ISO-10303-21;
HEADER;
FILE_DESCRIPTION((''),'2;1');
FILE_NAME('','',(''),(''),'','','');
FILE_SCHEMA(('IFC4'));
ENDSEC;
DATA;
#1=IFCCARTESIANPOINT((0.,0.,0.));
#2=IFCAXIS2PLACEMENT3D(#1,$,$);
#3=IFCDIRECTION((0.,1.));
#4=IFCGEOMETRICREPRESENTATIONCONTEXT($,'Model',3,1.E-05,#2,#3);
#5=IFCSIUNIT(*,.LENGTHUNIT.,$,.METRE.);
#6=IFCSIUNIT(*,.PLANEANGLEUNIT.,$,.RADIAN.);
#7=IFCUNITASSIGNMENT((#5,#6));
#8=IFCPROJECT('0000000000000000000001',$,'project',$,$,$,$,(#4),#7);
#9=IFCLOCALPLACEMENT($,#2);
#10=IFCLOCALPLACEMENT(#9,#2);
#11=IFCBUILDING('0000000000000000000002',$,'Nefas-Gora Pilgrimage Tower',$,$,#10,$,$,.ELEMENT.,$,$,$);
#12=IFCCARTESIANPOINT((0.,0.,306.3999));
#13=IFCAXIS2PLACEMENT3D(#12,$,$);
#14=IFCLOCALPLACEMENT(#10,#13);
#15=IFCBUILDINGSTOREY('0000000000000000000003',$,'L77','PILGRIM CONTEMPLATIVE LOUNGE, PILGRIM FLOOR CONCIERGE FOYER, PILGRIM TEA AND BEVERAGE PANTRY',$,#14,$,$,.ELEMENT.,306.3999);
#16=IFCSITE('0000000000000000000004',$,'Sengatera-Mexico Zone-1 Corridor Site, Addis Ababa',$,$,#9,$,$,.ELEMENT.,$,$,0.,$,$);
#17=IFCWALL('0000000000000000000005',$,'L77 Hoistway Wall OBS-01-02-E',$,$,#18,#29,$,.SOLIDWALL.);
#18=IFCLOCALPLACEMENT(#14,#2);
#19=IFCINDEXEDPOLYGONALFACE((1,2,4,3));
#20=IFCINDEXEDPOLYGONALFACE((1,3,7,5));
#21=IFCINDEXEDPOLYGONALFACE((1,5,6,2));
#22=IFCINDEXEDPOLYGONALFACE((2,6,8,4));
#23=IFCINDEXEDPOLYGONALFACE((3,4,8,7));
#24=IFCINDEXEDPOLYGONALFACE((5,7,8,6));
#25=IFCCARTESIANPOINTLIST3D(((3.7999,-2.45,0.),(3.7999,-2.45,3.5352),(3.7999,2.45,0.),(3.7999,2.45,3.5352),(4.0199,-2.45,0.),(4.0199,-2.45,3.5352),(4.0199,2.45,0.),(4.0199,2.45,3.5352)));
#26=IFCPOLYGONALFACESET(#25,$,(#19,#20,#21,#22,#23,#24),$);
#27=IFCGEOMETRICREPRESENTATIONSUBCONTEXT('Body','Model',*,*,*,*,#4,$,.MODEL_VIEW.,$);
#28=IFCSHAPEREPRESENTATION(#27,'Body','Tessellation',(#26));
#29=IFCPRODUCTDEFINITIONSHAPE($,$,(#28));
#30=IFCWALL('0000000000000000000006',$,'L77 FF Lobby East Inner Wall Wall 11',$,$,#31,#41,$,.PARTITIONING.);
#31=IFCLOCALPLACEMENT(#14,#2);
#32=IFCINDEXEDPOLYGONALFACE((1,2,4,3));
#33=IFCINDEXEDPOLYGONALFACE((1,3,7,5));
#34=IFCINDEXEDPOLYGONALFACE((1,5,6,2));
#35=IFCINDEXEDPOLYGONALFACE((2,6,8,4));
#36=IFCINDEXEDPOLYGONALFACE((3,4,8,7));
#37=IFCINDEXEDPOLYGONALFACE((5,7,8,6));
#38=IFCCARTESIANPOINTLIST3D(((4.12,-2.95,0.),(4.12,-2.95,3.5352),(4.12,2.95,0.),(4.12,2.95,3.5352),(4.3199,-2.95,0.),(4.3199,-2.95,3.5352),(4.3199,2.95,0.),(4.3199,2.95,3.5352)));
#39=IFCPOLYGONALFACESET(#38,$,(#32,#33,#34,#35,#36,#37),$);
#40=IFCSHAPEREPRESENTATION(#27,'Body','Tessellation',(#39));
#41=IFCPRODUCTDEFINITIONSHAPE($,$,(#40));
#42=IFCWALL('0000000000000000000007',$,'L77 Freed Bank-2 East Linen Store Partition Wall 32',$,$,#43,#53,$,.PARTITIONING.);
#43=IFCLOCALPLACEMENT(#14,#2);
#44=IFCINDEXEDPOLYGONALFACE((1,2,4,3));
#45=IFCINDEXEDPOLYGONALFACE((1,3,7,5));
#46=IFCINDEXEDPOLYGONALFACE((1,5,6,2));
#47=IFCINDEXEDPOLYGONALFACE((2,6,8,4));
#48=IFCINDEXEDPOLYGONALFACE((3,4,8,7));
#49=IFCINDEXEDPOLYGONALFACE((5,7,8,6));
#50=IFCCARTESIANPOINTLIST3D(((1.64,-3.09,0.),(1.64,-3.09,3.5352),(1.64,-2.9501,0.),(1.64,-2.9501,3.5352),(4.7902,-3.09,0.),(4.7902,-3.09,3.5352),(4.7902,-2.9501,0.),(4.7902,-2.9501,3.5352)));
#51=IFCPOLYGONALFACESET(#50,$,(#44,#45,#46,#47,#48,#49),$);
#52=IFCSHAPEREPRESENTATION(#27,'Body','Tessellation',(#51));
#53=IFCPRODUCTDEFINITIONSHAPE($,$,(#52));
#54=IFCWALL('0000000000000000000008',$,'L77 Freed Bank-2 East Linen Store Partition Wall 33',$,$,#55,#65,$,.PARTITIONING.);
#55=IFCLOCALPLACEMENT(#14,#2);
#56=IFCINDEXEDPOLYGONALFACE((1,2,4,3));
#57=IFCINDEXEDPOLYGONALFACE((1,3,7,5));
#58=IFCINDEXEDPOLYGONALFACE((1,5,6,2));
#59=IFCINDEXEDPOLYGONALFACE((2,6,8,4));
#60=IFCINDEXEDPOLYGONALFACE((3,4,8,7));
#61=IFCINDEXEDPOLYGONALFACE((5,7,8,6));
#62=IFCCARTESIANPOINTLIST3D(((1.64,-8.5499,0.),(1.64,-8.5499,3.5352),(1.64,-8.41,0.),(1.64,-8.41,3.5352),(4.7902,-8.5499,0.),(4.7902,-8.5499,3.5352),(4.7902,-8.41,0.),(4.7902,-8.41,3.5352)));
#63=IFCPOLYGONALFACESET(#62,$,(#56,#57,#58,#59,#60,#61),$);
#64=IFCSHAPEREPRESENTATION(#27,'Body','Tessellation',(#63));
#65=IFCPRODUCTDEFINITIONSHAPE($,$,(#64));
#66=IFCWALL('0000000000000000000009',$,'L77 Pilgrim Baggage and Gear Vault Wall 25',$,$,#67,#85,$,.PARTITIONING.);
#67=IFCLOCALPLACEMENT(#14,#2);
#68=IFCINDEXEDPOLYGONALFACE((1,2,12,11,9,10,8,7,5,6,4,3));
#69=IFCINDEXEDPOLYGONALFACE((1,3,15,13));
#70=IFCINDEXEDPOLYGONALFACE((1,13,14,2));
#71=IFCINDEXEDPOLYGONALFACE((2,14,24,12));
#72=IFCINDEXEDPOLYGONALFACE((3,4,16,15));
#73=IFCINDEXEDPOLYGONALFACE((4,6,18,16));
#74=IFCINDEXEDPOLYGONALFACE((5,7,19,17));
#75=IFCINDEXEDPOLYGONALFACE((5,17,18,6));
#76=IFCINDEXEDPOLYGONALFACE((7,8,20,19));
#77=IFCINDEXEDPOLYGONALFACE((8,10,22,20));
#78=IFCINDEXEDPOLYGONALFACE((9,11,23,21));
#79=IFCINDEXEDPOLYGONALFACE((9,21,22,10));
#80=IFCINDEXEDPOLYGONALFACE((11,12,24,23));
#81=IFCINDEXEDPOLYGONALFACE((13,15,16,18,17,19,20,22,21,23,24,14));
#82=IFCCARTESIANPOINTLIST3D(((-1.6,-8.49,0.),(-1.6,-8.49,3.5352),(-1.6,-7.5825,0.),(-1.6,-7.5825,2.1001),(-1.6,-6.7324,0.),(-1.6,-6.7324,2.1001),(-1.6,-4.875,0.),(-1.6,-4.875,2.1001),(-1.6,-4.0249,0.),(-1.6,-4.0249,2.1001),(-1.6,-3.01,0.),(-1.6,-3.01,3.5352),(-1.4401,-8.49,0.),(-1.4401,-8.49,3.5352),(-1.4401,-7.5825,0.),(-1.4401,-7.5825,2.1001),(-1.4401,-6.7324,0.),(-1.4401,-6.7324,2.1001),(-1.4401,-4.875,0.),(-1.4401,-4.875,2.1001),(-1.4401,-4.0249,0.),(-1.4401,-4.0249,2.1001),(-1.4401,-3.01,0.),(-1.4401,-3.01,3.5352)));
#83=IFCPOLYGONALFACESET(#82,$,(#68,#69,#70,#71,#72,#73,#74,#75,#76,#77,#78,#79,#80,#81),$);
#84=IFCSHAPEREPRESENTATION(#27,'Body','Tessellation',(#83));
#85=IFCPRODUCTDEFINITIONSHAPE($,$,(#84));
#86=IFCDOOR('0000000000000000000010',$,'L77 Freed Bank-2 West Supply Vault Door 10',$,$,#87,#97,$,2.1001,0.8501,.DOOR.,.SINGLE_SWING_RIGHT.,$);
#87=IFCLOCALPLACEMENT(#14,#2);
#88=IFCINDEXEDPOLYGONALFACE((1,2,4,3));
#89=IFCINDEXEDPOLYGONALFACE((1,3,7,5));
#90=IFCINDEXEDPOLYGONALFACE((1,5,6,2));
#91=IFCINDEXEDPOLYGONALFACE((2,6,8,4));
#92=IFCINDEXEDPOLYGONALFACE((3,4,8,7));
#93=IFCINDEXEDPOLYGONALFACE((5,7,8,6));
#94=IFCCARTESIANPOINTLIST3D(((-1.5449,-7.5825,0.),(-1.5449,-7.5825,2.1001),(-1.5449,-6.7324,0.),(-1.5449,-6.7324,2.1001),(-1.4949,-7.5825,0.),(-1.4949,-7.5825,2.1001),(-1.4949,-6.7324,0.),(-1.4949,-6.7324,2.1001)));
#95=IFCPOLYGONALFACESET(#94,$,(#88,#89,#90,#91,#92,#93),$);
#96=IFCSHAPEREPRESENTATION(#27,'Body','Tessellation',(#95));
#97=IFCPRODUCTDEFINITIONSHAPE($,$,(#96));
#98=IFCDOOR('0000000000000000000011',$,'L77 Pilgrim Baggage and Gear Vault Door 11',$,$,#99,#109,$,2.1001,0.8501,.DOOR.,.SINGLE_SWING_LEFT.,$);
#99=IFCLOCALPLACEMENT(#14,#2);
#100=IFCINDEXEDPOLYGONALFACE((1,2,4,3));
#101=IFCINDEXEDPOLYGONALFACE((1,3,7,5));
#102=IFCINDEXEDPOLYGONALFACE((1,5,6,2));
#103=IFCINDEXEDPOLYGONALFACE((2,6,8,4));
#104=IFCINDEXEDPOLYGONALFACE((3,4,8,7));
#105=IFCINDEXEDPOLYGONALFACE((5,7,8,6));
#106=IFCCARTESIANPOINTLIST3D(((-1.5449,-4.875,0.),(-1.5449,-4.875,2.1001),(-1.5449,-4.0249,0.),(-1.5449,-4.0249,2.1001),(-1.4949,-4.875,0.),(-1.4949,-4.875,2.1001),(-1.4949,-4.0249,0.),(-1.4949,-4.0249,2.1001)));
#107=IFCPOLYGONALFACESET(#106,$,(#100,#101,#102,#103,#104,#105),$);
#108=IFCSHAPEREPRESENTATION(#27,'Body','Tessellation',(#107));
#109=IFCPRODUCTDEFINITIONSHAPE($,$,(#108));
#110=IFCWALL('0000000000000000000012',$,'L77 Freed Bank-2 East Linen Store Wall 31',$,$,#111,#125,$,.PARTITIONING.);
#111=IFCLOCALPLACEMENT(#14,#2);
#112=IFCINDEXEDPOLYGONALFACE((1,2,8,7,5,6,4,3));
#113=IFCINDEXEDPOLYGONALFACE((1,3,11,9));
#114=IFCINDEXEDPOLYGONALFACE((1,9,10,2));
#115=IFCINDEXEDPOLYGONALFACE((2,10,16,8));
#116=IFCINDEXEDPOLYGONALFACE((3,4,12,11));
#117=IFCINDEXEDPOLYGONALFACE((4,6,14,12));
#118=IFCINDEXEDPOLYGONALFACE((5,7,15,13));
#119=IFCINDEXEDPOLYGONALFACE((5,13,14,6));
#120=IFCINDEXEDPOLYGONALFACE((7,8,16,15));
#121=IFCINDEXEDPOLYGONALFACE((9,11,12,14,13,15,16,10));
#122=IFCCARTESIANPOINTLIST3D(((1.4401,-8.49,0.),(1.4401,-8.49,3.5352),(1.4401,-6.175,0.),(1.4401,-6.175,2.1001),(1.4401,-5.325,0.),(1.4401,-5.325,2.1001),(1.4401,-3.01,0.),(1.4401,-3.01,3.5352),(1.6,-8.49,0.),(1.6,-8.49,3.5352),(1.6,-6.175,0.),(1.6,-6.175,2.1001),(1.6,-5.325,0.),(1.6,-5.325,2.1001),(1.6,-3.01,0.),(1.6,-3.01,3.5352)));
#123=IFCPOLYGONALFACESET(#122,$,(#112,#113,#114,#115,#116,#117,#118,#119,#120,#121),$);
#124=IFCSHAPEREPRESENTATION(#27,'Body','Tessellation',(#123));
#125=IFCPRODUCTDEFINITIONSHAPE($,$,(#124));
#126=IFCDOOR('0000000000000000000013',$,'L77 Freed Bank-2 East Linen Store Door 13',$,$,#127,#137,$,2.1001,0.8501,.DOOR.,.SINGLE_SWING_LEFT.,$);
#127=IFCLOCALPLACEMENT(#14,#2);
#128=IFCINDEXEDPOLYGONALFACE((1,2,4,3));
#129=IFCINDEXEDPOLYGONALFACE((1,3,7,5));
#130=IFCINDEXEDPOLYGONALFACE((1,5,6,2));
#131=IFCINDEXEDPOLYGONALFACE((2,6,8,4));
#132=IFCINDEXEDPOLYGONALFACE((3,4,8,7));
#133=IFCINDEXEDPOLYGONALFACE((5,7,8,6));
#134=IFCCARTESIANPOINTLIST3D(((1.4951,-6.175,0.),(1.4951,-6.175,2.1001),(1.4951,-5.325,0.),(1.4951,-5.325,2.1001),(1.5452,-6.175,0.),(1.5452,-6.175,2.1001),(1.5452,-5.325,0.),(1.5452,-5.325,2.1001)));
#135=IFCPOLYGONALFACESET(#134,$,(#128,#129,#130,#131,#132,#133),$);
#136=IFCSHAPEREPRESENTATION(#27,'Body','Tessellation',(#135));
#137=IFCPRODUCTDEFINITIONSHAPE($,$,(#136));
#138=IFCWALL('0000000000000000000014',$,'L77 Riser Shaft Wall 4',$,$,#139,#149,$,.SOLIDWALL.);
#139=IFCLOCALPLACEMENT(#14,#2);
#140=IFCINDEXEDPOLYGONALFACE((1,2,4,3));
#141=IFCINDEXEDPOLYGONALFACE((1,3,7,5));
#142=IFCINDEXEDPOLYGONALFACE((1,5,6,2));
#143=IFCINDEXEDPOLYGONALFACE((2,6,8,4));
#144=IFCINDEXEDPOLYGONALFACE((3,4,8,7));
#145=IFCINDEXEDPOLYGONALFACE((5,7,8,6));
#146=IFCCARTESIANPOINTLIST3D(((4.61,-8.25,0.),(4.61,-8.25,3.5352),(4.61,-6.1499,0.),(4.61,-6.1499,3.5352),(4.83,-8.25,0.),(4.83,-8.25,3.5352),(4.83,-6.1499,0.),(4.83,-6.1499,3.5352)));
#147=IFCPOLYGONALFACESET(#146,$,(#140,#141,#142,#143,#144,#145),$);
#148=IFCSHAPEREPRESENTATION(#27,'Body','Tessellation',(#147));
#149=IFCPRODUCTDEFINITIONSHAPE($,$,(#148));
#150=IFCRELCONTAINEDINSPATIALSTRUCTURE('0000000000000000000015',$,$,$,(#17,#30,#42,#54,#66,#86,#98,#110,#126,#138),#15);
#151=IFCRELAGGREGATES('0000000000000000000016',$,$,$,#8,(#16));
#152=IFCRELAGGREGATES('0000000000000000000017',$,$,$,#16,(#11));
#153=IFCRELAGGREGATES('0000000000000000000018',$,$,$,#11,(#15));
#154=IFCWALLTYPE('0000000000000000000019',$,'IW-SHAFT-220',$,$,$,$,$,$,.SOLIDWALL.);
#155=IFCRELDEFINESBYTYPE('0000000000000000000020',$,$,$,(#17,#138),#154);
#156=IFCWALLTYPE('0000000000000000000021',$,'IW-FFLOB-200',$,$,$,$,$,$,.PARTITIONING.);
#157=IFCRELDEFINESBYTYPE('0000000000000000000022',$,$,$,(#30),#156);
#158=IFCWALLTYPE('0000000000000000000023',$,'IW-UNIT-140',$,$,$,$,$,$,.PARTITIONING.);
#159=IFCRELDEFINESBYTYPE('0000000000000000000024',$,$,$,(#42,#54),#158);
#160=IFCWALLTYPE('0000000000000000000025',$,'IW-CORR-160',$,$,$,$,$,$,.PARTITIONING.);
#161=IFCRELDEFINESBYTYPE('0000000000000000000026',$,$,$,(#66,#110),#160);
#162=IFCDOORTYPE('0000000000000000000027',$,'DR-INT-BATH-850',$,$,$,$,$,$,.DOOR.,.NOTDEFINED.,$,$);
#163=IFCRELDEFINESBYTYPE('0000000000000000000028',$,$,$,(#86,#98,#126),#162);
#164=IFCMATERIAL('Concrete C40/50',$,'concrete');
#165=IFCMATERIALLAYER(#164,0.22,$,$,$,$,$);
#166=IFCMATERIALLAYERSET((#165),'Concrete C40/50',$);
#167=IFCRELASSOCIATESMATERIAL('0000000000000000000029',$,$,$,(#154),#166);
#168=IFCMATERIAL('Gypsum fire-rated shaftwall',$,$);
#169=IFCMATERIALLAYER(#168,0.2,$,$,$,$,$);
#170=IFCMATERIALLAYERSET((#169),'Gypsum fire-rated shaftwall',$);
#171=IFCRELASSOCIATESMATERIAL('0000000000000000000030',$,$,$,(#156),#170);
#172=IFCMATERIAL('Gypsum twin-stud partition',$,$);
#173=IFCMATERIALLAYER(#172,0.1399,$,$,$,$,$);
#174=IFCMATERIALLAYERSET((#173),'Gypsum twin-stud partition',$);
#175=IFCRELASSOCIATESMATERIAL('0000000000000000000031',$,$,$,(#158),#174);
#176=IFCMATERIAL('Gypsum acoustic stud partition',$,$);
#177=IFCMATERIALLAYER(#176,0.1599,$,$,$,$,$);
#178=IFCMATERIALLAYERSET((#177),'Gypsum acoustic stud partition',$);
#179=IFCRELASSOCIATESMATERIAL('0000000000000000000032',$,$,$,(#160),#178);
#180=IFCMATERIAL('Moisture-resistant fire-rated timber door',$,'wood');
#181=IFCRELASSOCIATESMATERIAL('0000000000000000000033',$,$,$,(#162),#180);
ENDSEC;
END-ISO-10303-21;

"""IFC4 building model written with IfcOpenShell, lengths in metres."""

from ifc_helpers import new_model, si_unit, direction, frame, frame_2d, origin, place, context, subcontext, project, spatial, rectangle, extrude, source, transform, mapped, material, layer, layer_set, type_object, element, fill, save


model = new_model("IFC4")

# Units and contexts
model_context = context("Model", 3, precision=1e-05, world=origin(), true_north=direction((0.0, 1.0)))
body_context = subcontext(model_context, "Body", "Model", "MODEL_VIEW")
ifc_project = project(units=[si_unit("LENGTHUNIT", "METRE"), si_unit("PLANEANGLEUNIT", "RADIAN")], contexts=[model_context])

# Site, building, storey
site_placement = place(None, origin())
site = spatial("IfcSite", under=ifc_project, at=site_placement, Name="Sengatera-Mexico Zone-1 Corridor Site, Addis Ababa", CompositionType="ELEMENT", RefElevation=0.0)
building_placement = place(site_placement, origin())
building = spatial("IfcBuilding", under=site, at=building_placement, Name="Nefas-Gora Pilgrimage Tower", CompositionType="ELEMENT")
storey_placement = place(building_placement, frame((0.0, 0.0, 306.3999)))
storey = spatial("IfcBuildingStorey", under=building, at=storey_placement, Name="L77", Description="PILGRIM CONTEMPLATIVE LOUNGE, PILGRIM FLOOR CONCIERGE FOYER, PILGRIM TEA AND BEVERAGE PANTRY", CompositionType="ELEMENT", Elevation=306.3999)

# Shared definitions
ifc_material_1 = material(Name="Concrete C40/50", Category="concrete")

# Shared definitions
ifc_layer_1 = layer(ifc_material_1, 0.22)
ifc_layer_set_1 = layer_set([ifc_layer_1], Name="Concrete C40/50")
wall_type_1 = type_object("IfcWallType", Name="IW-SHAFT-220", PredefinedType="SOLIDWALL", material=ifc_layer_set_1)

# Walls
shared_shape_1 = source(origin(), body_context, "Body", "SweptSolid", [
    extrude(rectangle(XDim=4.8999, YDim=0.22, at=frame_2d((2.45, 0.0))), origin(), (0.0, 0.0, 1.0), 3.5352),
])
wall_1_placement = place(storey_placement, frame((3.9099, -2.45, 0.0), z_axis=(0.0, 0.0, 1.0), x_axis=(0.0, 1.0, 0.0)))
element("IfcWall", 1, at=wall_1_placement, inside=storey, type_object=wall_type_1, Name="L77 Hoistway Wall OBS-01-02-E", PredefinedType="SOLIDWALL", context=body_context, shape_type="MappedRepresentation", body=[
    mapped(shared_shape_1, transform((0.0, 0.0, 0.0), x_axis=(1.0, 0.0, 0.0), y_axis=(0.0, 1.0, 0.0), z_axis=(0.0, 0.0, 1.0), scale=1.0)),
])
ifc_material_2 = material(Name="Gypsum fire-rated shaftwall")
ifc_layer_2 = layer(ifc_material_2, 0.2)
ifc_layer_set_2 = layer_set([ifc_layer_2], Name="Gypsum fire-rated shaftwall")
wall_type_2 = type_object("IfcWallType", Name="IW-FFLOB-200", PredefinedType="PARTITIONING", material=ifc_layer_set_2)
shared_shape_2 = source(origin(), body_context, "Body", "SweptSolid", [
    extrude(rectangle(XDim=5.8999, YDim=0.2, at=frame_2d((2.95, 0.0))), origin(), (0.0, 0.0, 1.0), 3.5352),
])
wall_2_placement = place(storey_placement, frame((4.22, -2.95, 0.0), z_axis=(0.0, 0.0, 1.0), x_axis=(0.0, 1.0, 0.0)))
element("IfcWall", 2, at=wall_2_placement, inside=storey, type_object=wall_type_2, Name="L77 FF Lobby East Inner Wall Wall 11", PredefinedType="PARTITIONING", context=body_context, shape_type="MappedRepresentation", body=[
    mapped(shared_shape_2, transform((0.0, 0.0, 0.0), x_axis=(1.0, 0.0, 0.0), y_axis=(0.0, 1.0, 0.0), z_axis=(0.0, 0.0, 1.0), scale=1.0)),
])
ifc_material_3 = material(Name="Gypsum twin-stud partition")
ifc_layer_3 = layer(ifc_material_3, 0.1399)
ifc_layer_set_3 = layer_set([ifc_layer_3], Name="Gypsum twin-stud partition")
wall_type_3 = type_object("IfcWallType", Name="IW-UNIT-140", PredefinedType="PARTITIONING", material=ifc_layer_set_3)
shared_shape_3 = source(origin(), body_context, "Body", "SweptSolid", [
    extrude(rectangle(XDim=3.1501, YDim=0.1399, at=frame_2d((1.5752, 0.0))), origin(), (0.0, 0.0, 1.0), 3.5352),
])
for number, where, z_axis, x_axis, name in (
    (3, (1.6399, -3.02, 0.0), (0.0, 0.0, 1.0), (1.0, 0.0, 0.0), "L77 Freed Bank-2 East Linen Store Partition Wall 32"),
    (4, (1.6399, -8.48, 0.0), (0.0, 0.0, 1.0), (1.0, 0.0, 0.0), "L77 Freed Bank-2 East Linen Store Partition Wall 33"),
):
    element("IfcWall", number, at=place(storey_placement, frame(where, z_axis=z_axis, x_axis=x_axis)), inside=storey, type_object=wall_type_3, Name=name, PredefinedType="PARTITIONING", context=body_context, shape_type="MappedRepresentation", body=[
        mapped(shared_shape_3, transform((0.0, 0.0, 0.0), x_axis=(1.0, 0.0, 0.0), y_axis=(0.0, 1.0, 0.0), z_axis=(0.0, 0.0, 1.0), scale=1.0)),
    ])

# Wall, openings, doors
ifc_material_4 = material(Name="Gypsum acoustic stud partition")
ifc_layer_4 = layer(ifc_material_4, 0.1599)
ifc_layer_set_4 = layer_set([ifc_layer_4], Name="Gypsum acoustic stud partition")
wall_type_4 = type_object("IfcWallType", Name="IW-CORR-160", PredefinedType="PARTITIONING", material=ifc_layer_set_4)
shared_shape_4 = source(origin(), body_context, "Body", "SweptSolid", [
    extrude(rectangle(XDim=5.48, YDim=0.1599, at=frame_2d((2.74, 0.0))), origin(), (0.0, 0.0, 1.0), 3.5352),
])
wall_3_placement = place(storey_placement, frame((-1.52, -8.49, 0.0), z_axis=(0.0, 0.0, 1.0), x_axis=(0.0, 1.0, 0.0)))
wall_3 = element("IfcWall", 5, at=wall_3_placement, inside=storey, type_object=wall_type_4, Name="L77 Pilgrim Baggage and Gear Vault Wall 25", PredefinedType="PARTITIONING", context=body_context, shape_type="MappedRepresentation", body=[
    mapped(shared_shape_4, transform((0.0, 0.0, 0.0), x_axis=(1.0, 0.0, 0.0), y_axis=(0.0, 1.0, 0.0), z_axis=(0.0, 0.0, 1.0), scale=1.0)),
])
opening_1_placement = place(wall_3_placement, frame((0.9075, 0.0, 0.0)))
opening_1 = element("IfcOpeningElement", 6, at=opening_1_placement, cuts=wall_3, PredefinedType="OPENING", context=body_context, shape_type="SweptSolid", body=[
    extrude(rectangle(XDim=0.8501, YDim=2.1001, at=frame_2d((0.425, 1.05))), frame((0.0, 0.0898, 0.0), z_axis=(0.0, -1.0, 0.0), x_axis=(1.0, 0.0, 0.0)), (0.0, 0.0, 1.0), 0.1799),
])
opening_2_placement = place(wall_3_placement, frame((3.615, 0.0, 0.0)))
opening_2 = element("IfcOpeningElement", 7, at=opening_2_placement, cuts=wall_3, PredefinedType="OPENING", context=body_context, shape_type="SweptSolid", body=[
    extrude(rectangle(XDim=0.8501, YDim=2.1001, at=frame_2d((0.425, 1.05))), frame((0.0, 0.0898, 0.0), z_axis=(0.0, -1.0, 0.0), x_axis=(1.0, 0.0, 0.0)), (0.0, 0.0, 1.0), 0.1799),
])
ifc_material_5 = material(Name="Moisture-resistant fire-rated timber door", Category="wood")
door_type_1 = type_object("IfcDoorType", Name="DR-INT-BATH-850", OperationType="NOTDEFINED", PredefinedType="DOOR", material=ifc_material_5)
shared_shape_5 = source(origin(), body_context, "Body", "SweptSolid", [
    extrude(rectangle(XDim=0.8501, YDim=2.1001, at=frame_2d((0.425, 1.05))), frame((0.0, 0.0249, 0.0), z_axis=(0.0, -1.0, 0.0), x_axis=(1.0, 0.0, 0.0)), (0.0, 0.0, 1.0), 0.05),
])
door_1_placement = place(opening_1_placement, origin())
door_1 = element("IfcDoor", 8, at=door_1_placement, inside=storey, type_object=door_type_1, Name="L77 Freed Bank-2 West Supply Vault Door 10", OperationType="SINGLE_SWING_RIGHT", OverallHeight=2.1001, OverallWidth=0.8501, PredefinedType="DOOR", context=body_context, shape_type="MappedRepresentation", body=[
    mapped(shared_shape_5, transform((0.0, 0.0, 0.0), x_axis=(1.0, 0.0, 0.0), y_axis=(0.0, 1.0, 0.0), z_axis=(0.0, 0.0, 1.0), scale=1.0)),
])
fill(opening_1, door_1)
door_2_placement = place(opening_2_placement, origin())
door_2 = element("IfcDoor", 9, at=door_2_placement, inside=storey, type_object=door_type_1, Name="L77 Pilgrim Baggage and Gear Vault Door 11", OperationType="SINGLE_SWING_LEFT", OverallHeight=2.1001, OverallWidth=0.8501, PredefinedType="DOOR", context=body_context, shape_type="MappedRepresentation", body=[
    mapped(shared_shape_5, transform((0.0, 0.0, 0.0), x_axis=(1.0, 0.0, 0.0), y_axis=(0.0, 1.0, 0.0), z_axis=(0.0, 0.0, 1.0), scale=1.0)),
])
fill(opening_2, door_2)

# Wall, opening, door
wall_4_placement = place(storey_placement, frame((1.52, -8.49, 0.0), z_axis=(0.0, 0.0, 1.0), x_axis=(0.0, 1.0, 0.0)))
wall_4 = element("IfcWall", 10, at=wall_4_placement, inside=storey, type_object=wall_type_4, Name="L77 Freed Bank-2 East Linen Store Wall 31", PredefinedType="PARTITIONING", context=body_context, shape_type="MappedRepresentation", body=[
    mapped(shared_shape_4, transform((0.0, 0.0, 0.0), x_axis=(1.0, 0.0, 0.0), y_axis=(0.0, 1.0, 0.0), z_axis=(0.0, 0.0, 1.0), scale=1.0)),
])
opening_3_placement = place(wall_4_placement, frame((2.3149, 0.0, 0.0)))
opening_3 = element("IfcOpeningElement", 11, at=opening_3_placement, cuts=wall_4, PredefinedType="OPENING", context=body_context, shape_type="SweptSolid", body=[
    extrude(rectangle(XDim=0.8501, YDim=2.1001, at=frame_2d((0.425, 1.05))), frame((0.0, 0.0898, 0.0), z_axis=(0.0, -1.0, 0.0), x_axis=(1.0, 0.0, 0.0)), (0.0, 0.0, 1.0), 0.1799),
])
door_3_placement = place(opening_3_placement, origin())
door_3 = element("IfcDoor", 12, at=door_3_placement, inside=storey, type_object=door_type_1, Name="L77 Freed Bank-2 East Linen Store Door 13", OperationType="SINGLE_SWING_LEFT", OverallHeight=2.1001, OverallWidth=0.8501, PredefinedType="DOOR", context=body_context, shape_type="MappedRepresentation", body=[
    mapped(shared_shape_5, transform((0.0, 0.0, 0.0), x_axis=(1.0, 0.0, 0.0), y_axis=(0.0, 1.0, 0.0), z_axis=(0.0, 0.0, 1.0), scale=1.0)),
])
fill(opening_3, door_3)

# Wall
shared_shape_6 = source(origin(), body_context, "Body", "SweptSolid", [
    extrude(rectangle(XDim=2.1001, YDim=0.22, at=frame_2d((1.05, 0.0))), origin(), (0.0, 0.0, 1.0), 3.5352),
])
wall_5_placement = place(storey_placement, frame((4.72, -8.25, 0.0), z_axis=(0.0, 0.0, 1.0), x_axis=(0.0, 1.0, 0.0)))
element("IfcWall", 13, at=wall_5_placement, inside=storey, type_object=wall_type_1, Name="L77 Riser Shaft Wall 4", PredefinedType="SOLIDWALL", context=body_context, shape_type="MappedRepresentation", body=[
    mapped(shared_shape_6, transform((0.0, 0.0, 0.0), x_axis=(1.0, 0.0, 0.0), y_axis=(0.0, 1.0, 0.0), z_axis=(0.0, 0.0, 1.0), scale=1.0)),
])

save(model, "model.ifc")
